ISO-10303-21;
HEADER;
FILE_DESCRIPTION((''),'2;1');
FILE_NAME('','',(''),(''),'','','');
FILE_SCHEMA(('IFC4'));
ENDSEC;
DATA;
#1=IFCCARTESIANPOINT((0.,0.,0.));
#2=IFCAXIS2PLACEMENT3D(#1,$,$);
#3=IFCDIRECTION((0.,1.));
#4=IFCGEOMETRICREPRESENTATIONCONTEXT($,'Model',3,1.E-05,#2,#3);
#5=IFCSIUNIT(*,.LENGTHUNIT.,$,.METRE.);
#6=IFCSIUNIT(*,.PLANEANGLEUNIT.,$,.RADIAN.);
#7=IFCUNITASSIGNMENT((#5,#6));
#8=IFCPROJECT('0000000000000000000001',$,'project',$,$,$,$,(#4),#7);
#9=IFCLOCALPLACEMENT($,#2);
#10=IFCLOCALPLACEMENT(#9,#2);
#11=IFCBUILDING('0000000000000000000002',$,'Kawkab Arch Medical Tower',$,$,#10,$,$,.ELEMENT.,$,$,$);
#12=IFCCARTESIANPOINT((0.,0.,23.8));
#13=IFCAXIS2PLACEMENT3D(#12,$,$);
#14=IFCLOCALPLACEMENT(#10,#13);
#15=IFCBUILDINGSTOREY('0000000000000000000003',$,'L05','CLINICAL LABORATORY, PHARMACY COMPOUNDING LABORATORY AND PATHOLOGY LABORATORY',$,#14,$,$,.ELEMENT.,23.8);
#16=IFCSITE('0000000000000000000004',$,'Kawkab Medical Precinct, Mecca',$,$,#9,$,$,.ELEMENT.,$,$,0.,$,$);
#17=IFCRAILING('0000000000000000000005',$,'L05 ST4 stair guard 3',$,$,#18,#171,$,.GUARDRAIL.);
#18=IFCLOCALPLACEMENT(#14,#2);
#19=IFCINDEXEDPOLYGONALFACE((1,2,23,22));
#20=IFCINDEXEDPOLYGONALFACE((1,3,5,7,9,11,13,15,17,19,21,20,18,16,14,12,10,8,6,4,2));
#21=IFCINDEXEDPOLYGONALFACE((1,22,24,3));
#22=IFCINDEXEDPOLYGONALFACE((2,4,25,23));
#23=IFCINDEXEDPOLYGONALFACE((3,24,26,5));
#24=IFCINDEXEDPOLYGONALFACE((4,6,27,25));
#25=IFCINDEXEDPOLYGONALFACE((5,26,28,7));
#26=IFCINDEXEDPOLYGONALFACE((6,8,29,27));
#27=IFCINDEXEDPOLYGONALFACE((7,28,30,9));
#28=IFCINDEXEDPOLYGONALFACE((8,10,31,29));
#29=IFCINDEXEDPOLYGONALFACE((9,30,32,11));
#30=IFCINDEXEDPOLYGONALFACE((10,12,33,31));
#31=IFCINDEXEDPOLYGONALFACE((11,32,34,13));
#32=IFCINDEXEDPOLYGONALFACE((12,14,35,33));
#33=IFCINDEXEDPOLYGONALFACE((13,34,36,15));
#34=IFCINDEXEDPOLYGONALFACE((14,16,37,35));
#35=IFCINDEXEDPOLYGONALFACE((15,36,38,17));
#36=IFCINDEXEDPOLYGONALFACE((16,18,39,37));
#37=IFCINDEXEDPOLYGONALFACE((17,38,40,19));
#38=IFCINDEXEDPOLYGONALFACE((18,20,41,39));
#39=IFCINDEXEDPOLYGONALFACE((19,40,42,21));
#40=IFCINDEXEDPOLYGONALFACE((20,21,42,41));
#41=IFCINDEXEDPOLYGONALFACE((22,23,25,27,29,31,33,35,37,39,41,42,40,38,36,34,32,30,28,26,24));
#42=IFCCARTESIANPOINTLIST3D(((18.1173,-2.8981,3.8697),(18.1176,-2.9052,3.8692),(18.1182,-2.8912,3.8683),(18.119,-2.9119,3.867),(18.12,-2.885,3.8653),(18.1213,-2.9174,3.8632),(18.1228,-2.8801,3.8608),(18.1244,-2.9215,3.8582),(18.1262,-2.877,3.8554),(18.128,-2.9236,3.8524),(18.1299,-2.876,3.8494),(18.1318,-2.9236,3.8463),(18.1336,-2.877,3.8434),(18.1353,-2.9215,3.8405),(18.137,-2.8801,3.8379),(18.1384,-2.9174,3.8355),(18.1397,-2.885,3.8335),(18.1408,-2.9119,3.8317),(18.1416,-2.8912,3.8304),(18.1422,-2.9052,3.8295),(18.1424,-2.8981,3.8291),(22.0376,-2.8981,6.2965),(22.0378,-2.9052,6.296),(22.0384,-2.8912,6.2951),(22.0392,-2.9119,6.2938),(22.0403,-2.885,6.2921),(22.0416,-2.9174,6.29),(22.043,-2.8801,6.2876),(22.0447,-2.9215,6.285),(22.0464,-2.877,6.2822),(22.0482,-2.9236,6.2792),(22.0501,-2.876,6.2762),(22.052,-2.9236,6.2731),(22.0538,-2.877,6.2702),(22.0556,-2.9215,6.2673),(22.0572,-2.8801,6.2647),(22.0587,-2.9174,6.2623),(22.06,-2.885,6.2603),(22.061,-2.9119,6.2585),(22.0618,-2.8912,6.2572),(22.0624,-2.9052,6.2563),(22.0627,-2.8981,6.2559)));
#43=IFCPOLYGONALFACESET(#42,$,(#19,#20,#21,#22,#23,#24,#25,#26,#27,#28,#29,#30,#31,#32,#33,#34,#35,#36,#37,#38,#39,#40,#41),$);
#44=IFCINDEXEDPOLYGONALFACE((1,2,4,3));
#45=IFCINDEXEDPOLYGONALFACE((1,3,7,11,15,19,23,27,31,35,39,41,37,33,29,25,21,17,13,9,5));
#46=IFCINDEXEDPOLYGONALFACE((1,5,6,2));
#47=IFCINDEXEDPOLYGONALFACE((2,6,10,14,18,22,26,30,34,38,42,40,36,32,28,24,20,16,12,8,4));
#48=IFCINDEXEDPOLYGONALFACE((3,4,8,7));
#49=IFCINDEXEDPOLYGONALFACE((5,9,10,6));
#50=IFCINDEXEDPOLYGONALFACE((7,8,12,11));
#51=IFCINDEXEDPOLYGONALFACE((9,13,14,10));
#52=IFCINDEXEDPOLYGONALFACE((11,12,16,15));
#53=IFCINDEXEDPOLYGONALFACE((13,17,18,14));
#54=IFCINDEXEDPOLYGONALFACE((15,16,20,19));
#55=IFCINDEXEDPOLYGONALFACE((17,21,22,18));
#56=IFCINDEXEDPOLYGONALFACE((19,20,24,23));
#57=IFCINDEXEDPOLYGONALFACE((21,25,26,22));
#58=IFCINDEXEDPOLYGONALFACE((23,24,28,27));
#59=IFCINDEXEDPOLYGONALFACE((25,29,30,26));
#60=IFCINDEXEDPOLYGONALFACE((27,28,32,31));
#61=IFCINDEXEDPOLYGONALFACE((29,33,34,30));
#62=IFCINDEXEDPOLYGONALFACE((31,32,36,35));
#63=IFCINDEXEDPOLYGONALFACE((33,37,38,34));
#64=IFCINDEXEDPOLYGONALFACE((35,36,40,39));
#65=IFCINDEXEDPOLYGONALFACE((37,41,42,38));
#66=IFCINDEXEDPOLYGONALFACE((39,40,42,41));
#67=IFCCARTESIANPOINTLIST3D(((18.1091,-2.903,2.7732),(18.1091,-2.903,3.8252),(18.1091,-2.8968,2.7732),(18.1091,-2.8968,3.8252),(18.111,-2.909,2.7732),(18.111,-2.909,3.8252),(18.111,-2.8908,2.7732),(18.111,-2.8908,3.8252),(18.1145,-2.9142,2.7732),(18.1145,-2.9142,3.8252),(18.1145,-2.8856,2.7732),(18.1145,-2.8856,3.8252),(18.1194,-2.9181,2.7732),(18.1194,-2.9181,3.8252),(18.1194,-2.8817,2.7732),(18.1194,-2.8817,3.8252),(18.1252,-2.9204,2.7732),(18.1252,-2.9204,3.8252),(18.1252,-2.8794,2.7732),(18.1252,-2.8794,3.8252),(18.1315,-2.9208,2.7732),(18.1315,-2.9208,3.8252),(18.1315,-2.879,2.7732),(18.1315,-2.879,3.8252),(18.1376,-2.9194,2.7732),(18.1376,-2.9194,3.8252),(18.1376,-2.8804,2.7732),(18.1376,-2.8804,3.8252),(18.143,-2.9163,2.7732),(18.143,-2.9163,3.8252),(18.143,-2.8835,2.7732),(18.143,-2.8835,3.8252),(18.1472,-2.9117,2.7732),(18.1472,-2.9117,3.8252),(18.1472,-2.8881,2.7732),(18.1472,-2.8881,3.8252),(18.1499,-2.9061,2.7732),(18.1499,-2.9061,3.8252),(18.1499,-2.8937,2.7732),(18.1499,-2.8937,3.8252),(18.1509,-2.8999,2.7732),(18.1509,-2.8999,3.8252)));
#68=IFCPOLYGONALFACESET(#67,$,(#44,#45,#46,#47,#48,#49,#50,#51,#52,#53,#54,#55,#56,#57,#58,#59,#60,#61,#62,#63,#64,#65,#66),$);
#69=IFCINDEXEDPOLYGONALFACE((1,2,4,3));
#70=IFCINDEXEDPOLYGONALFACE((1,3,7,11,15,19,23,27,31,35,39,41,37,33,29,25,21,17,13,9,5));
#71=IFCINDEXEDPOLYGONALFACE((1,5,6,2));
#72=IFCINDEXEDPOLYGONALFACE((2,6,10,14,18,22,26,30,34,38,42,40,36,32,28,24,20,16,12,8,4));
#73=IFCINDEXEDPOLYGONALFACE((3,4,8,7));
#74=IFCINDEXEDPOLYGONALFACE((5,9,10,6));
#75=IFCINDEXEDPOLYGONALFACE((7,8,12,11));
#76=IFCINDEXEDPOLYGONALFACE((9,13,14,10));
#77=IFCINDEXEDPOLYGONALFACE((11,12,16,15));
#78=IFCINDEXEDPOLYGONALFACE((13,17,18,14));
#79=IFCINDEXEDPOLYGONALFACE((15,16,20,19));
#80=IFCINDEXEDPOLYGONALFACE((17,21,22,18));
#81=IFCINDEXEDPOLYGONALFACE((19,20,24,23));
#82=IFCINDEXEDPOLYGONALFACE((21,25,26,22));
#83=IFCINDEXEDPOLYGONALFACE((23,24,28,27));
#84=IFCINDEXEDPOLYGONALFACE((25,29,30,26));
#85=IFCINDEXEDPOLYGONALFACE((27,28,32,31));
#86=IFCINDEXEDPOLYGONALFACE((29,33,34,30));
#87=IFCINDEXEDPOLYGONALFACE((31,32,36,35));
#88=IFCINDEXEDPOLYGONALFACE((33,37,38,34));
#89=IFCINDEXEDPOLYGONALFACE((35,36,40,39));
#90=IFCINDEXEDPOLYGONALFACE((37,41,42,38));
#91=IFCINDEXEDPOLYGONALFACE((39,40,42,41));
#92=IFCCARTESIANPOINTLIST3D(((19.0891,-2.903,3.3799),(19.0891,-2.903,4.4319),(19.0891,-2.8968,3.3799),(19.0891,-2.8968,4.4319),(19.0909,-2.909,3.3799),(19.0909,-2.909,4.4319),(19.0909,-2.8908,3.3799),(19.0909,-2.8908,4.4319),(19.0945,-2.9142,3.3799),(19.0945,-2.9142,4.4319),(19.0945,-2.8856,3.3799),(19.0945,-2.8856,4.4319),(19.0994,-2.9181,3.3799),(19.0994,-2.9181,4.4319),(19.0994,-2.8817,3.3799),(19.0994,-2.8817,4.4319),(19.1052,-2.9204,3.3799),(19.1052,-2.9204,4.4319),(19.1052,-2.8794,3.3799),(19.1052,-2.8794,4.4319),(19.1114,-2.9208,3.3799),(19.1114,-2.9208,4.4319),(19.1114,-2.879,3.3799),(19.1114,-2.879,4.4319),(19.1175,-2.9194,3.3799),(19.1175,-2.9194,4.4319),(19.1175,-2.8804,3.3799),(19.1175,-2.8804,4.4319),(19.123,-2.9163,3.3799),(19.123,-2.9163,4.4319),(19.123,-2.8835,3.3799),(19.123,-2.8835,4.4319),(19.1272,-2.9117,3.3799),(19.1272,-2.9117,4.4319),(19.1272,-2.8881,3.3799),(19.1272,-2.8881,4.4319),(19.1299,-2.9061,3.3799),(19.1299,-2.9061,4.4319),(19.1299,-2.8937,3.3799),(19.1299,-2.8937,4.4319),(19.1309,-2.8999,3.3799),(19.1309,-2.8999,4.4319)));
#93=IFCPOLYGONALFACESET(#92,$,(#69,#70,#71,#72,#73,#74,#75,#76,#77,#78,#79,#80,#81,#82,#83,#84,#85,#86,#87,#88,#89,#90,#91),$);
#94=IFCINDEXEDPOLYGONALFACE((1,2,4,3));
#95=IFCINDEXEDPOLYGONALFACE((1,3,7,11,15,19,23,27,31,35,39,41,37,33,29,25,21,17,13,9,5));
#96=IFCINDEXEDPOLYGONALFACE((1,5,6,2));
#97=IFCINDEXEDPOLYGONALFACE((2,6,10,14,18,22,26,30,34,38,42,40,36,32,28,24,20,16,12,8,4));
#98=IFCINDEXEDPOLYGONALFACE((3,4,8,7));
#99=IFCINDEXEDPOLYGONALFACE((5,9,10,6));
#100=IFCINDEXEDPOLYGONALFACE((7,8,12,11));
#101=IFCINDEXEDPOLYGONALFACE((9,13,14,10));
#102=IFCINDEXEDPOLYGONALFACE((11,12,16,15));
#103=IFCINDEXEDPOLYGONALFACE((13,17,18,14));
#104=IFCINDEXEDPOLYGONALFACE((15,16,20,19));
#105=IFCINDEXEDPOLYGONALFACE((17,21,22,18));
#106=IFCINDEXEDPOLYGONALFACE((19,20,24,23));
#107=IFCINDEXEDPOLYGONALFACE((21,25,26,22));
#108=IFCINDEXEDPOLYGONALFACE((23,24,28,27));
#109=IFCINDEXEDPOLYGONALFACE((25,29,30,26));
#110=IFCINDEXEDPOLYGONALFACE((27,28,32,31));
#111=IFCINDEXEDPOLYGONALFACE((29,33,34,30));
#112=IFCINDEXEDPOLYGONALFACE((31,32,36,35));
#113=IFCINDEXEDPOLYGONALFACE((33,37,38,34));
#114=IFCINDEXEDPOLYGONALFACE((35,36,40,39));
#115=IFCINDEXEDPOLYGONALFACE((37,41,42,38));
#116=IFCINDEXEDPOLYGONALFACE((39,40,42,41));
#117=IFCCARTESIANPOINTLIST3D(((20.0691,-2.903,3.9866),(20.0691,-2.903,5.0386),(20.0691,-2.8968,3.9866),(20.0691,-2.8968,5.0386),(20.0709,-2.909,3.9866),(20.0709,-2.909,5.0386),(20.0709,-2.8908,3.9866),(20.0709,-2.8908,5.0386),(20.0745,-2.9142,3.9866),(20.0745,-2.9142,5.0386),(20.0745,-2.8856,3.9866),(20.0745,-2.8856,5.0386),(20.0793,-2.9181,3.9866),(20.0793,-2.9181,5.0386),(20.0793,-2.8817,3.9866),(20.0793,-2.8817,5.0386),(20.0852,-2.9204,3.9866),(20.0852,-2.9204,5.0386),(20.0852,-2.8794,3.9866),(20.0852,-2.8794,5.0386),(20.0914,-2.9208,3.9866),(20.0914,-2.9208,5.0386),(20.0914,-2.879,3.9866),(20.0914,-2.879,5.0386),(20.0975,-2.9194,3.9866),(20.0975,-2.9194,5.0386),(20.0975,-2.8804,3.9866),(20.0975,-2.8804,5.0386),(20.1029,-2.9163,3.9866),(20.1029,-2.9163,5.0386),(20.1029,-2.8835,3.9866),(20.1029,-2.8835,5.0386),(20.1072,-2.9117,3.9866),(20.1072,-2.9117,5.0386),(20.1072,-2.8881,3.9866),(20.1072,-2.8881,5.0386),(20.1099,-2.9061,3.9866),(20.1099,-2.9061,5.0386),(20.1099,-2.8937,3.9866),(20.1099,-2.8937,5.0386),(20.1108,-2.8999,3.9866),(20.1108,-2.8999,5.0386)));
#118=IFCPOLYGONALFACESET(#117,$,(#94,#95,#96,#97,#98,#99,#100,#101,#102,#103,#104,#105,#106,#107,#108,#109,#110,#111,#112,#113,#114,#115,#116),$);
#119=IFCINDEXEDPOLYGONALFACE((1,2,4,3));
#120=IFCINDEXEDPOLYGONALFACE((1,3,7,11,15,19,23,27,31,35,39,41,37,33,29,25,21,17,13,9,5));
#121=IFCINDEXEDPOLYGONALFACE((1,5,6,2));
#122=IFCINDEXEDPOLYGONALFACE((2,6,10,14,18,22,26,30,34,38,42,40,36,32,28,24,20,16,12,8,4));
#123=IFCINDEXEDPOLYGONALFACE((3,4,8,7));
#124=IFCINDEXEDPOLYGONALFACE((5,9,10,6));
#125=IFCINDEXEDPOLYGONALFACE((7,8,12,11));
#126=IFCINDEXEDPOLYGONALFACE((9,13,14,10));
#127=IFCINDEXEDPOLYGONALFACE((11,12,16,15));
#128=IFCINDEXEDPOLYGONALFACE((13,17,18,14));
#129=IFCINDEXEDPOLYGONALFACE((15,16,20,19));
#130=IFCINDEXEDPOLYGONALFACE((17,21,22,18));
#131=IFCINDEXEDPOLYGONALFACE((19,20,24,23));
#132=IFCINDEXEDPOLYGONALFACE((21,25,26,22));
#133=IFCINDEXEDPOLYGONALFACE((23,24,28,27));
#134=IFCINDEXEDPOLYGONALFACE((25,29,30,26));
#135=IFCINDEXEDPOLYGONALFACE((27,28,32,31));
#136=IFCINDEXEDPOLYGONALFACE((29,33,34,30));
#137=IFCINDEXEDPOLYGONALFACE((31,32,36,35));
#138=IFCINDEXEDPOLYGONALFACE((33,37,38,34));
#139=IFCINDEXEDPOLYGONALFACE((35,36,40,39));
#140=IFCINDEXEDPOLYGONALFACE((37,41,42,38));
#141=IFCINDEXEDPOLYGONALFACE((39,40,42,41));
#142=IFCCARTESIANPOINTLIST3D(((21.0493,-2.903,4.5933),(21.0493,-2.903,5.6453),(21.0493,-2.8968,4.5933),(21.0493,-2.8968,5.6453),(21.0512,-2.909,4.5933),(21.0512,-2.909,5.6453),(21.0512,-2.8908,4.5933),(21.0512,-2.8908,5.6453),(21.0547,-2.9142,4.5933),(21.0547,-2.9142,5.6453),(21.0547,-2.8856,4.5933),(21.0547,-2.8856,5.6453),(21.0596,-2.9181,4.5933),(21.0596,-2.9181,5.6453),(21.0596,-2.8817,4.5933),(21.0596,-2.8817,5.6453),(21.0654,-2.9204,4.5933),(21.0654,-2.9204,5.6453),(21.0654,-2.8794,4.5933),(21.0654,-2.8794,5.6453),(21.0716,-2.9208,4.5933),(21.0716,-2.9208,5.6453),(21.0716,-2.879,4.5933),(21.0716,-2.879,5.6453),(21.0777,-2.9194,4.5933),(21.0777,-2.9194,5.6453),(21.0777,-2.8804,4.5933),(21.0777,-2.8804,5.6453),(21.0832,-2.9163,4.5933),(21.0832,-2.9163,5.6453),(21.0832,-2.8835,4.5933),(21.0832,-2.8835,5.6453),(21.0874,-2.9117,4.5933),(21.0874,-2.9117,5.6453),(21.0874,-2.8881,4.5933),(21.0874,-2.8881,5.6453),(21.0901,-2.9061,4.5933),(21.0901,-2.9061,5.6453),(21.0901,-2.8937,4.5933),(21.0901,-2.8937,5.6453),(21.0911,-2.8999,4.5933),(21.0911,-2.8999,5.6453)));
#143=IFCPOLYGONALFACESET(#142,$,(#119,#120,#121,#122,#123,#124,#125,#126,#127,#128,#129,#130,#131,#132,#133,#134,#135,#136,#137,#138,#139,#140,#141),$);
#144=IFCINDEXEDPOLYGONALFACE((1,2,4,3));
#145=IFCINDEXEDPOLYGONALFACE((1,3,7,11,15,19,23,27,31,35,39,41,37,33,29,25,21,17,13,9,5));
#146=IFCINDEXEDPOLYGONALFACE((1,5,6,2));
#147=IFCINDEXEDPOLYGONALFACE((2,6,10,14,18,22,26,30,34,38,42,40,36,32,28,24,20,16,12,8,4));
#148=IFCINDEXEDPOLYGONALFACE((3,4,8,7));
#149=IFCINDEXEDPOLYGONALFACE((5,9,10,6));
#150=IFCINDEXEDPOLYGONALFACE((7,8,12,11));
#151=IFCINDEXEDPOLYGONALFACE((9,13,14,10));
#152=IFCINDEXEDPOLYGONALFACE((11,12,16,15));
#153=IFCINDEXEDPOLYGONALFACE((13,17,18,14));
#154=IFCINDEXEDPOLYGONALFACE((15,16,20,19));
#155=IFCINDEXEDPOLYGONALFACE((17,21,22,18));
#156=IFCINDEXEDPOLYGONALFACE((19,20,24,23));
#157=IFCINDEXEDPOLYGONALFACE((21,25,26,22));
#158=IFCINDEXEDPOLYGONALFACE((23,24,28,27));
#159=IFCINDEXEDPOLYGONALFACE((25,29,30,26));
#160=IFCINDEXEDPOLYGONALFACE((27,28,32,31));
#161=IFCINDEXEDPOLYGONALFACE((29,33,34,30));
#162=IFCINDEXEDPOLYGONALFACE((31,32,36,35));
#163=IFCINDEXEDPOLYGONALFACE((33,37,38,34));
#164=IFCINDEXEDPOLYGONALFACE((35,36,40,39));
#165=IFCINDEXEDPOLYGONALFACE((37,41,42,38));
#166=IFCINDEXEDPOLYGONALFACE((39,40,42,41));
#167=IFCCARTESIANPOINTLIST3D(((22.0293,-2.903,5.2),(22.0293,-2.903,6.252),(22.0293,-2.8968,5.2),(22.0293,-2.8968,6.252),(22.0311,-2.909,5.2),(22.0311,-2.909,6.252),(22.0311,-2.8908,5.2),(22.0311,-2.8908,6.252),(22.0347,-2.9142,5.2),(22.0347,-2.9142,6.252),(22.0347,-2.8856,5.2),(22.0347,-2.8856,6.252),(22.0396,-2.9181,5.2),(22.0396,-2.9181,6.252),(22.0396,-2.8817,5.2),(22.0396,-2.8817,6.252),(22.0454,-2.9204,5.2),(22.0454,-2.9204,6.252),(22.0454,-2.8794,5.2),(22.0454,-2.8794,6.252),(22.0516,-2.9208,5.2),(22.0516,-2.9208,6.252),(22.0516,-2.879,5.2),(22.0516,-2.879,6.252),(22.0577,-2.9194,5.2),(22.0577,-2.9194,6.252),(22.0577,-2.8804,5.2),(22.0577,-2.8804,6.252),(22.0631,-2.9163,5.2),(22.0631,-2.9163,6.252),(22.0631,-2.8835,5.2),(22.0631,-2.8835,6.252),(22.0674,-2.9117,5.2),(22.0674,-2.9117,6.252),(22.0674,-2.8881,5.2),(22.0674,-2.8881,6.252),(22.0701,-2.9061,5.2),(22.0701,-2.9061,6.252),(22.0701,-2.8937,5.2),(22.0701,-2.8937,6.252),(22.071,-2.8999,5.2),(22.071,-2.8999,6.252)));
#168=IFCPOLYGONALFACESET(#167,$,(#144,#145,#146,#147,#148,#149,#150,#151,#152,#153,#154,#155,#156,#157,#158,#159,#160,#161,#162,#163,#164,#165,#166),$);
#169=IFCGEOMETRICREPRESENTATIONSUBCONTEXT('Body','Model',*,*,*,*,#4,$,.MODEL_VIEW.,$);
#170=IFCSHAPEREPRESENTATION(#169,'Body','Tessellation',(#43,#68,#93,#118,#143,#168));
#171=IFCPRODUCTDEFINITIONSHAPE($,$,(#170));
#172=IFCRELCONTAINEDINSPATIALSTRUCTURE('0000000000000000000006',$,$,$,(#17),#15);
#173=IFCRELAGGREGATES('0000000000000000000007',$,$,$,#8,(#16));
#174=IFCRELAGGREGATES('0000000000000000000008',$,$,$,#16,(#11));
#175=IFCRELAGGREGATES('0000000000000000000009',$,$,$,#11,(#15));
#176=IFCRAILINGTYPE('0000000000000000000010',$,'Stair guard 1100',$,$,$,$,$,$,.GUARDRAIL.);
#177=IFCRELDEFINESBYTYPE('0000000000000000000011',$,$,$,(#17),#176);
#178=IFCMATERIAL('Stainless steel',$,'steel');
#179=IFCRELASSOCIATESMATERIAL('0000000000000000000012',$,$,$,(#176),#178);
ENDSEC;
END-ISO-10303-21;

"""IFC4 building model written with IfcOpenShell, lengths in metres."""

from ifc_helpers import new_model, si_unit, direction, frame, origin, origin_2d, place, context, subcontext, project, spatial, circle, extrude, material, type_object, element, save


model = new_model("IFC4")

# Units and contexts
model_context = context("Model", 3, precision=1e-05, world=origin(), true_north=direction((0.0, 1.0)))
body_context = subcontext(model_context, "Body", "Model", "MODEL_VIEW")
ifc_project = project(units=[si_unit("LENGTHUNIT", "METRE"), si_unit("PLANEANGLEUNIT", "RADIAN")], contexts=[model_context])

# Site, building, storey
site_placement = place(None, origin())
site = spatial("IfcSite", under=ifc_project, at=site_placement, Name="Kawkab Medical Precinct, Mecca", CompositionType="ELEMENT", RefElevation=0.0)
building_placement = place(site_placement, origin())
building = spatial("IfcBuilding", under=site, at=building_placement, Name="Kawkab Arch Medical Tower", CompositionType="ELEMENT")
storey_placement = place(building_placement, frame((0.0, 0.0, 23.8)))
storey = spatial("IfcBuildingStorey", under=building, at=storey_placement, Name="L05", Description="CLINICAL LABORATORY, PHARMACY COMPOUNDING LABORATORY AND PATHOLOGY LABORATORY", CompositionType="ELEMENT", Elevation=23.8)

# Railing
ifc_material_1 = material(Name="Stainless steel", Category="steel")
railing_type = type_object("IfcRailingType", Name="Stair guard 1100", PredefinedType="GUARDRAIL", material=ifc_material_1)
railing_1_placement = place(storey_placement, frame((18.1299, -2.8999, 2.7732)))
element("IfcRailing", 1, at=railing_1_placement, inside=storey, type_object=railing_type, Name="L05 ST4 stair guard 3", PredefinedType="GUARDRAIL", context=body_context, shape_type="SweptSolid", body=[
    extrude(circle(Radius=0.0239, at=origin_2d()), frame((0.0, 0.0, 1.0762), z_axis=(0.850266, 0.0, 0.526353), x_axis=(0.0, 1.0, 0.0)), (0.0, 0.0, 1.0), 4.6106),
    extrude(circle(Radius=0.021, at=origin_2d()), origin(), (0.0, 0.0, 1.0), 1.052),
    extrude(circle(Radius=0.021, at=origin_2d()), frame((0.98, 0.0, 0.6067)), (0.0, 0.0, 1.0), 1.052),
    extrude(circle(Radius=0.021, at=origin_2d()), frame((1.96, 0.0, 1.2134)), (0.0, 0.0, 1.0), 1.052),
    extrude(circle(Radius=0.021, at=origin_2d()), frame((2.9402, 0.0, 1.8201)), (0.0, 0.0, 1.0), 1.052),
    extrude(circle(Radius=0.021, at=origin_2d()), frame((3.9202, 0.0, 2.4268)), (0.0, 0.0, 1.0), 1.052),
])

save(model, "model.ifc")
